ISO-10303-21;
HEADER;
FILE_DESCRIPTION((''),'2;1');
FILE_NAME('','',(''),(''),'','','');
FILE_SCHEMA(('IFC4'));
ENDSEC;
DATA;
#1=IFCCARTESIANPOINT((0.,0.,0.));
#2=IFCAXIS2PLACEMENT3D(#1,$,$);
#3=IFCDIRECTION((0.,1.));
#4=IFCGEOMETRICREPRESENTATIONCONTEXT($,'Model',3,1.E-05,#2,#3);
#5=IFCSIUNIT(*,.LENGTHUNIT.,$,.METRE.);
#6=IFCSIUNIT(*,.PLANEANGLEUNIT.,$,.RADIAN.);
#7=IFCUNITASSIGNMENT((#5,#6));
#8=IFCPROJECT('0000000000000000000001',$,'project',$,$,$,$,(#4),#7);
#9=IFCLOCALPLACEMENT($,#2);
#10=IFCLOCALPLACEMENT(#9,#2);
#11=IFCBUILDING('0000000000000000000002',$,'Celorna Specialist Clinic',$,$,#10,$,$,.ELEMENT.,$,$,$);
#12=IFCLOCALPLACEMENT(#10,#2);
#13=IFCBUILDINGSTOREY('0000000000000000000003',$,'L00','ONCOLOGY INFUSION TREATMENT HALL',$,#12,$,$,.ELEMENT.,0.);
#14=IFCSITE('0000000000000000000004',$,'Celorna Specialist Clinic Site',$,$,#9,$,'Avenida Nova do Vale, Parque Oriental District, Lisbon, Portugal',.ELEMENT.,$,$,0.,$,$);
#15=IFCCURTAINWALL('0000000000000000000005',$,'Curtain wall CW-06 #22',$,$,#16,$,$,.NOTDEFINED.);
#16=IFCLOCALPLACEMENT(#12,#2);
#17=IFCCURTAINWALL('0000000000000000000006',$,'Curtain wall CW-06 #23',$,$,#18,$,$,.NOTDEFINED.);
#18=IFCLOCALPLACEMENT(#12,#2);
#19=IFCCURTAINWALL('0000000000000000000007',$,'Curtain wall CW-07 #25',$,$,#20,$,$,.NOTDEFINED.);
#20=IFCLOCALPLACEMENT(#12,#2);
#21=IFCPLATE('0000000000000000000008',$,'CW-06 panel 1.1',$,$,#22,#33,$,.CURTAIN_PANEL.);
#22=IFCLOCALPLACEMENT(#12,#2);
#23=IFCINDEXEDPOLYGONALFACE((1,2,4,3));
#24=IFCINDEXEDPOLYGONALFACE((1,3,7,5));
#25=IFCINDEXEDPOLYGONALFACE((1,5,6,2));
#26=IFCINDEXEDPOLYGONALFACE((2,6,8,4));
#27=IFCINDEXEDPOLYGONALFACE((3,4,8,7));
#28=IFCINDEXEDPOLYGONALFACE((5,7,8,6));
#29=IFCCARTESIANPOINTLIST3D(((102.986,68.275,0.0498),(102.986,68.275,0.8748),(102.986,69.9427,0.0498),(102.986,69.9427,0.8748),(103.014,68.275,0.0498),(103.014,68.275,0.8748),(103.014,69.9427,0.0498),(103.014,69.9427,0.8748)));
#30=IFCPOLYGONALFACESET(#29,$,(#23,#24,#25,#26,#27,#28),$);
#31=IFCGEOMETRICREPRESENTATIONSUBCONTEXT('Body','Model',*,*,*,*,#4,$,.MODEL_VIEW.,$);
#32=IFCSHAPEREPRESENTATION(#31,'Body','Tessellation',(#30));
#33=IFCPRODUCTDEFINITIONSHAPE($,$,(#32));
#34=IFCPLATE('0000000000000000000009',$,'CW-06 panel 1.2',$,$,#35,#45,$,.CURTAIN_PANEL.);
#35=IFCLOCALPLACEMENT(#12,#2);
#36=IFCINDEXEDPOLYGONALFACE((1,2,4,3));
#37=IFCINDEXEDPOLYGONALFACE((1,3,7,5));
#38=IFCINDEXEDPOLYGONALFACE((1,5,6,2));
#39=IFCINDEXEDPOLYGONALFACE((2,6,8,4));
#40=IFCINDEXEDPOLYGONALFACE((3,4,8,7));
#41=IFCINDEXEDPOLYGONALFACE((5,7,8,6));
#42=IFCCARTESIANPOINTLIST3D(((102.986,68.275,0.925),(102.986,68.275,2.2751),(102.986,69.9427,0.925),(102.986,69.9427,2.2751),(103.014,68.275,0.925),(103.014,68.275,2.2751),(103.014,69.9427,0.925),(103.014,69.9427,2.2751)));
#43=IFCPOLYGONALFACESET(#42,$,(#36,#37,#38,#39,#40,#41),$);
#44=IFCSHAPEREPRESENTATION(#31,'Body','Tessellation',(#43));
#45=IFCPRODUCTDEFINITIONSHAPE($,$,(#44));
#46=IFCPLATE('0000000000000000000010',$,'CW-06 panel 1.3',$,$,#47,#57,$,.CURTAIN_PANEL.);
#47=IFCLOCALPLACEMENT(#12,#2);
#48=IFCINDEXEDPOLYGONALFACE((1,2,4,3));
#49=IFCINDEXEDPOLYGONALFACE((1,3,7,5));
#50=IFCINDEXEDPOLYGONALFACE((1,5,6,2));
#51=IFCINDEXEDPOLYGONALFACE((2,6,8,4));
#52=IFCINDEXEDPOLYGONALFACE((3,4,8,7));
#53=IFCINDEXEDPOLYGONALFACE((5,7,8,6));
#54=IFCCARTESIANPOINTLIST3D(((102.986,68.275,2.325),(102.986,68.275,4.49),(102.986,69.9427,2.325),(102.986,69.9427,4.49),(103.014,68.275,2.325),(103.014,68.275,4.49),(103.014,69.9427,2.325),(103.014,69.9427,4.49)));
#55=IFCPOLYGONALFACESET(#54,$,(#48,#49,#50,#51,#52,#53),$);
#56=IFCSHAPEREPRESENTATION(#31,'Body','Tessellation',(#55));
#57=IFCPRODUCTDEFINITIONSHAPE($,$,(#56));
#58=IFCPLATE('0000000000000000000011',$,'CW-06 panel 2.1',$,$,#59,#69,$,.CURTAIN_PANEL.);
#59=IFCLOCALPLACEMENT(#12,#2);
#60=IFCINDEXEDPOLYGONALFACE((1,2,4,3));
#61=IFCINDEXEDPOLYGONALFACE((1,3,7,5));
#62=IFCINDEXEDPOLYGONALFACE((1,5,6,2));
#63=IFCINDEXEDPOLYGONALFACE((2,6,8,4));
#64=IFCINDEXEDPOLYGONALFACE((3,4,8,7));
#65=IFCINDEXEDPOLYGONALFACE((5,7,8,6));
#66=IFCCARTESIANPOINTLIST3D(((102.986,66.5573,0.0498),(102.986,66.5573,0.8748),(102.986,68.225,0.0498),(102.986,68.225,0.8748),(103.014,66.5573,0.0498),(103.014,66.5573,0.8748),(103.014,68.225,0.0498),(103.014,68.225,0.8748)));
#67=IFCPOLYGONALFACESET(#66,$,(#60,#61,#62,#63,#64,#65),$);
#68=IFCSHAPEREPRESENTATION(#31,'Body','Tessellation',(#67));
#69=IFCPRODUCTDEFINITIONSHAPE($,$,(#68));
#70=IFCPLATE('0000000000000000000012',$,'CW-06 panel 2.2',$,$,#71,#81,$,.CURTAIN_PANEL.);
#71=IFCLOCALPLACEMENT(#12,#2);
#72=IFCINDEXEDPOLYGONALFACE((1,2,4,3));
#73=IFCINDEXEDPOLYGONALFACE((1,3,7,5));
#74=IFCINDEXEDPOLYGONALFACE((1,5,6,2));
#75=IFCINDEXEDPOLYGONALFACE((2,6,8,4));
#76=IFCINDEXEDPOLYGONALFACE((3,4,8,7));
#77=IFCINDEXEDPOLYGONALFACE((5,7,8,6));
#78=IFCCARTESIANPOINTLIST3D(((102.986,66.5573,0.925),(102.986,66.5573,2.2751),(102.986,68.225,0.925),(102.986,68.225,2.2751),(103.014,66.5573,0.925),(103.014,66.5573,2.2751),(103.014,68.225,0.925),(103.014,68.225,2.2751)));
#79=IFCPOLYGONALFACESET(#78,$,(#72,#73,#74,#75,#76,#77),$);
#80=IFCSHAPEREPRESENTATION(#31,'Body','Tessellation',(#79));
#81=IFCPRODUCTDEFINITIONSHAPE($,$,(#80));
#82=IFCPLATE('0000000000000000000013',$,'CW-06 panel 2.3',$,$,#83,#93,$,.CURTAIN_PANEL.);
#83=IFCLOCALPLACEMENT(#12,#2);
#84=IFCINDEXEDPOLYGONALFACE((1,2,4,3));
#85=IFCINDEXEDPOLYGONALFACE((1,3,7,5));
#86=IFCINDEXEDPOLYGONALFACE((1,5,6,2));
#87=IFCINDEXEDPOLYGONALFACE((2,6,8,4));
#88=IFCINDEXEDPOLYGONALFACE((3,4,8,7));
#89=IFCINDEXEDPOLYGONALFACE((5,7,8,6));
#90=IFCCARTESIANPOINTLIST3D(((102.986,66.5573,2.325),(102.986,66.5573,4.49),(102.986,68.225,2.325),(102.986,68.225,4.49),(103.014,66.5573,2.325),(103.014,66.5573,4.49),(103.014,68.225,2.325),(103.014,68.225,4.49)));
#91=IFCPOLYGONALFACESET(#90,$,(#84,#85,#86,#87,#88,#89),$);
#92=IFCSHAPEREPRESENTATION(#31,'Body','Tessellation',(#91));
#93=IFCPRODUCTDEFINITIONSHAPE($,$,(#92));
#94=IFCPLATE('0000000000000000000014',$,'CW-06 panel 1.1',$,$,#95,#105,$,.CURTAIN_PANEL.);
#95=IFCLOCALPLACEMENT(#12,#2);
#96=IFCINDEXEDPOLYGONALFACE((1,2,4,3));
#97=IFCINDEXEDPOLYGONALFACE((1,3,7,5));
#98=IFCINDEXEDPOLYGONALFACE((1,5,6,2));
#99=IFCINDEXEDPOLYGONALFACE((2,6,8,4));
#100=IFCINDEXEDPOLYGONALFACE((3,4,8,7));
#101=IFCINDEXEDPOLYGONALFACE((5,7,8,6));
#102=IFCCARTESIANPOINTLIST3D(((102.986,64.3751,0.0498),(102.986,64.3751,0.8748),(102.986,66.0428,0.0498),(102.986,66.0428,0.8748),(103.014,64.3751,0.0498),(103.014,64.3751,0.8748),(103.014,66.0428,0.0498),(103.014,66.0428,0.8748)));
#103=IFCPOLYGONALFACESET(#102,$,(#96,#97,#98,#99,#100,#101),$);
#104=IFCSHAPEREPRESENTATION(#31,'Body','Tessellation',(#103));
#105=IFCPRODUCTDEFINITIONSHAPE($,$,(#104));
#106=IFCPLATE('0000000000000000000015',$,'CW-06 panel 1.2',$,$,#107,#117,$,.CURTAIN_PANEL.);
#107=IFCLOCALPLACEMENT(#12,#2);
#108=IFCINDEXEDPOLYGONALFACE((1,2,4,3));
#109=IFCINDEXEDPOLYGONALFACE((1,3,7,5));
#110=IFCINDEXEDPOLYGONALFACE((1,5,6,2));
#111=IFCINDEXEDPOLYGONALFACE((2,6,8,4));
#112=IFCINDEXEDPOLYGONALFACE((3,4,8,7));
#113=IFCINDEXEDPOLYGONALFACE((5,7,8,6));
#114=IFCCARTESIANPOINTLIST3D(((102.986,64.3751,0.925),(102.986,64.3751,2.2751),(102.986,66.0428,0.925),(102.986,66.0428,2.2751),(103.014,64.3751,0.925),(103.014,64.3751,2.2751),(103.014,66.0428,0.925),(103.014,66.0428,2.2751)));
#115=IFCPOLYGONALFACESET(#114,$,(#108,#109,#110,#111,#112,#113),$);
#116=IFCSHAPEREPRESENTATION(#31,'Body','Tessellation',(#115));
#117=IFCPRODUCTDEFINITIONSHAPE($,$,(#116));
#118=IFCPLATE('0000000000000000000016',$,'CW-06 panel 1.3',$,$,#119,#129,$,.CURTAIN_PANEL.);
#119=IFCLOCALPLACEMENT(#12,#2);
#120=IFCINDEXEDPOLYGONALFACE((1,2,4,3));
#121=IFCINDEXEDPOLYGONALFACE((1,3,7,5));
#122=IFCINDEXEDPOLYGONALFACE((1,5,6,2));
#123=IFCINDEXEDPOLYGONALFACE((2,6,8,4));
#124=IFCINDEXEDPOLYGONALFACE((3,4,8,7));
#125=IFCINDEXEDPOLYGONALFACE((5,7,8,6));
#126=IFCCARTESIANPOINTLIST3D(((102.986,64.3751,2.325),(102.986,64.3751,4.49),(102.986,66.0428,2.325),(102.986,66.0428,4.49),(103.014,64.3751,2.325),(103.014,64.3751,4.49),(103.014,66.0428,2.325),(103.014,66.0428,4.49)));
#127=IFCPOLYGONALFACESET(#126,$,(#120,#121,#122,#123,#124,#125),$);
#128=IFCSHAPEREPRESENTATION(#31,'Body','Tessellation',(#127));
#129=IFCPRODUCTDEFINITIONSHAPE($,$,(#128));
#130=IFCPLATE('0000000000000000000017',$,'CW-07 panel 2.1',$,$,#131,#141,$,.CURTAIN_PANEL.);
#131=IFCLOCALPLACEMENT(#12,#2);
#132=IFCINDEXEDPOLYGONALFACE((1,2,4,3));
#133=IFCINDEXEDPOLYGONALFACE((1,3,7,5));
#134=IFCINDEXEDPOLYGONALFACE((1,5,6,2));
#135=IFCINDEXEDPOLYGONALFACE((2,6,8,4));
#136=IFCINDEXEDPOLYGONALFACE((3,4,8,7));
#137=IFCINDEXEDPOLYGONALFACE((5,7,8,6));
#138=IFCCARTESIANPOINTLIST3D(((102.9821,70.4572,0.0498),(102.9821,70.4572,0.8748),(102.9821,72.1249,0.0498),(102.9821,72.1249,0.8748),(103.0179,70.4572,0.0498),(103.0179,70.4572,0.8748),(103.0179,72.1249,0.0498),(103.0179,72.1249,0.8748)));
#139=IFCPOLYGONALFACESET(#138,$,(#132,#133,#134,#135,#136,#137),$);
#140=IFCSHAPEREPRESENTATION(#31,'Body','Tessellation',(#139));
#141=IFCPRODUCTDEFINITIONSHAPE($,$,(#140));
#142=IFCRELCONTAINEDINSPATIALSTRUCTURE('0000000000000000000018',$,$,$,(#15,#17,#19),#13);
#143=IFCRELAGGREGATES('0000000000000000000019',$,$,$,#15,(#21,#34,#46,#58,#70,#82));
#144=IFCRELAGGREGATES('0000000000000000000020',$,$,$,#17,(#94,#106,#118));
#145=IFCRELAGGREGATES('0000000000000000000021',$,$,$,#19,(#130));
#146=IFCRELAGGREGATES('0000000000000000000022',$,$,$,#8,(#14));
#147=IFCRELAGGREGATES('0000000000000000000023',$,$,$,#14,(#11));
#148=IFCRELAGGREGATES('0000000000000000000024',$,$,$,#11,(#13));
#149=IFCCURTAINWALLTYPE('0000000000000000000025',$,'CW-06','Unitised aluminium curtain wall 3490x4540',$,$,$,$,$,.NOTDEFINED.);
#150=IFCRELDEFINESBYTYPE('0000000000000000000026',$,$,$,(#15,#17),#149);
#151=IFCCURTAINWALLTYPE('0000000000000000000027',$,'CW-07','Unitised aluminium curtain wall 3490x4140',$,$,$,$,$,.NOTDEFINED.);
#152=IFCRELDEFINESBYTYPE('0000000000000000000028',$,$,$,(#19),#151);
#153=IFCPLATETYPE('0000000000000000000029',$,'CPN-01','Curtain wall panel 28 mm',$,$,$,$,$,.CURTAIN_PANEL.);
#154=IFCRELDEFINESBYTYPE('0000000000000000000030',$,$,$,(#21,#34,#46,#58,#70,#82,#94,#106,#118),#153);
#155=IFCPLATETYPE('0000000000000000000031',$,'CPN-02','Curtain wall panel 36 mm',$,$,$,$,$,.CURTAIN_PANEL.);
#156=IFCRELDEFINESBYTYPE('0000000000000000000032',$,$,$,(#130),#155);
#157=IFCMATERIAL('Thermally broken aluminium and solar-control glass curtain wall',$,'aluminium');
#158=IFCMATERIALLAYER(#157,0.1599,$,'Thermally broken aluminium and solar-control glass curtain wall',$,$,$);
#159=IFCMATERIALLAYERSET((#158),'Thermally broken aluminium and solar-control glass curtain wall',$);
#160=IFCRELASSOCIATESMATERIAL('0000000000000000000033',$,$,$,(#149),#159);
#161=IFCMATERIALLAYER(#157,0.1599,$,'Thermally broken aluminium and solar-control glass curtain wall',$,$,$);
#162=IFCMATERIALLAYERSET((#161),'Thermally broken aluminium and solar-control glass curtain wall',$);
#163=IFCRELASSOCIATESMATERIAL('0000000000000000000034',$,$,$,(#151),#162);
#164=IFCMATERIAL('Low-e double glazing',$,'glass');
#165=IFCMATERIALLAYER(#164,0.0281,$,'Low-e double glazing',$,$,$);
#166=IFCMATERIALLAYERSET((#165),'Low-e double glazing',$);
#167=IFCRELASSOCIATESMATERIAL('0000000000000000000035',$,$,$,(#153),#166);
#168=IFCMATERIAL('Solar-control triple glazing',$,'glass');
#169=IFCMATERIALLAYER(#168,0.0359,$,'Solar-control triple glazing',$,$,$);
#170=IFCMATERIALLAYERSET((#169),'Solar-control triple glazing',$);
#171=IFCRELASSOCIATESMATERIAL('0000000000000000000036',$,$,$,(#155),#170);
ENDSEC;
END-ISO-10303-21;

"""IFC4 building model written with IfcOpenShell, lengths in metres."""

from ifc_helpers import new_model, si_unit, direction, frame, origin, origin_2d, place, context, subcontext, project, spatial, rectangle, extrude, material, layer, layer_set, type_object, element, aggregate, save


model = new_model("IFC4")

# Units and contexts
model_context = context("Model", 3, precision=1e-05, world=origin(), true_north=direction((0.0, 1.0)))
body_context = subcontext(model_context, "Body", "Model", "MODEL_VIEW")
ifc_project = project(units=[si_unit("LENGTHUNIT", "METRE"), si_unit("PLANEANGLEUNIT", "RADIAN")], contexts=[model_context])

# Site, building, storey
site_placement = place(None, origin())
site = spatial("IfcSite", under=ifc_project, at=site_placement, Name="Celorna Specialist Clinic Site", LongName="Avenida Nova do Vale, Parque Oriental District, Lisbon, Portugal", CompositionType="ELEMENT", RefElevation=0.0)
building_placement = place(site_placement, origin())
building = spatial("IfcBuilding", under=site, at=building_placement, Name="Celorna Specialist Clinic", CompositionType="ELEMENT")
storey_placement = place(building_placement, origin())
storey = spatial("IfcBuildingStorey", under=building, at=storey_placement, Name="L00", Description="ONCOLOGY INFUSION TREATMENT HALL", CompositionType="ELEMENT", Elevation=0.0)

# Curtain walls
ifc_material_1 = material(Name="Thermally broken aluminium and solar-control glass curtain wall", Category="aluminium")
ifc_layer_1 = layer(ifc_material_1, 0.1599, Name="Thermally broken aluminium and solar-control glass curtain wall")
ifc_layer_set_1 = layer_set([ifc_layer_1], Name="Thermally broken aluminium and solar-control glass curtain wall")
curtain_wall_type_1 = type_object("IfcCurtainWallType", Name="CW-06", Description="Unitised aluminium curtain wall 3490x4540", PredefinedType="NOTDEFINED", material=ifc_layer_set_1)
curtain_wall_1_placement = place(storey_placement, origin())
curtain_wall_1 = element("IfcCurtainWall", 1, at=curtain_wall_1_placement, inside=storey, type_object=curtain_wall_type_1, Name="Curtain wall CW-06 #22", PredefinedType="NOTDEFINED")
curtain_wall_2_placement = place(storey_placement, origin())
curtain_wall_2 = element("IfcCurtainWall", 2, at=curtain_wall_2_placement, inside=storey, type_object=curtain_wall_type_1, Name="Curtain wall CW-06 #23", PredefinedType="NOTDEFINED")

# Curtain wall
ifc_layer_2 = layer(ifc_material_1, 0.1599, Name="Thermally broken aluminium and solar-control glass curtain wall")
ifc_layer_set_2 = layer_set([ifc_layer_2], Name="Thermally broken aluminium and solar-control glass curtain wall")
curtain_wall_type_2 = type_object("IfcCurtainWallType", Name="CW-07", Description="Unitised aluminium curtain wall 3490x4140", PredefinedType="NOTDEFINED", material=ifc_layer_set_2)
curtain_wall_3_placement = place(storey_placement, origin())
curtain_wall_3 = element("IfcCurtainWall", 3, at=curtain_wall_3_placement, inside=storey, type_object=curtain_wall_type_2, Name="Curtain wall CW-07 #25", PredefinedType="NOTDEFINED")

# Plates
ifc_material_2 = material(Name="Low-e double glazing", Category="glass")
ifc_layer_3 = layer(ifc_material_2, 0.0281, Name="Low-e double glazing")
ifc_layer_set_3 = layer_set([ifc_layer_3], Name="Low-e double glazing")
plate_type_1 = type_object("IfcPlateType", Name="CPN-01", Description="Curtain wall panel 28 mm", PredefinedType="CURTAIN_PANEL", material=ifc_layer_set_3)
plate_1_placement = place(storey_placement, frame((103.0, 69.1089, 0.0498), z_axis=(0.0, 0.0, 1.0), x_axis=(0.0, -1.0, 0.0)))
plate_1 = element("IfcPlate", 4, at=plate_1_placement, type_object=plate_type_1, Name="CW-06 panel 1.1", PredefinedType="CURTAIN_PANEL", context=body_context, shape_type="SweptSolid", body=[
    extrude(rectangle(XDim=1.6677, YDim=0.0281, at=origin_2d()), origin(), (0.0, 0.0, 1.0), 0.825),
])
plate_2_placement = place(storey_placement, frame((103.0, 69.1089, 0.925), z_axis=(0.0, 0.0, 1.0), x_axis=(0.0, -1.0, 0.0)))
plate_2 = element("IfcPlate", 5, at=plate_2_placement, type_object=plate_type_1, Name="CW-06 panel 1.2", PredefinedType="CURTAIN_PANEL", context=body_context, shape_type="SweptSolid", body=[
    extrude(rectangle(XDim=1.6677, YDim=0.0281, at=origin_2d()), origin(), (0.0, 0.0, 1.0), 1.3501),
])
plate_3_placement = place(storey_placement, frame((103.0, 69.1089, 2.325), z_axis=(0.0, 0.0, 1.0), x_axis=(0.0, -1.0, 0.0)))
plate_3 = element("IfcPlate", 6, at=plate_3_placement, type_object=plate_type_1, Name="CW-06 panel 1.3", PredefinedType="CURTAIN_PANEL", context=body_context, shape_type="SweptSolid", body=[
    extrude(rectangle(XDim=1.6677, YDim=0.0281, at=origin_2d()), origin(), (0.0, 0.0, 1.0), 2.165),
])
plate_4_placement = place(storey_placement, frame((103.0, 67.3911, 0.0498), z_axis=(0.0, 0.0, 1.0), x_axis=(0.0, -1.0, 0.0)))
plate_4 = element("IfcPlate", 7, at=plate_4_placement, type_object=plate_type_1, Name="CW-06 panel 2.1", PredefinedType="CURTAIN_PANEL", context=body_context, shape_type="SweptSolid", body=[
    extrude(rectangle(XDim=1.6677, YDim=0.0281, at=origin_2d()), origin(), (0.0, 0.0, 1.0), 0.825),
])
plate_5_placement = place(storey_placement, frame((103.0, 67.3911, 0.925), z_axis=(0.0, 0.0, 1.0), x_axis=(0.0, -1.0, 0.0)))
plate_5 = element("IfcPlate", 8, at=plate_5_placement, type_object=plate_type_1, Name="CW-06 panel 2.2", PredefinedType="CURTAIN_PANEL", context=body_context, shape_type="SweptSolid", body=[
    extrude(rectangle(XDim=1.6677, YDim=0.0281, at=origin_2d()), origin(), (0.0, 0.0, 1.0), 1.3501),
])
plate_6_placement = place(storey_placement, frame((103.0, 67.3911, 2.325), z_axis=(0.0, 0.0, 1.0), x_axis=(0.0, -1.0, 0.0)))
plate_6 = element("IfcPlate", 9, at=plate_6_placement, type_object=plate_type_1, Name="CW-06 panel 2.3", PredefinedType="CURTAIN_PANEL", context=body_context, shape_type="SweptSolid", body=[
    extrude(rectangle(XDim=1.6677, YDim=0.0281, at=origin_2d()), origin(), (0.0, 0.0, 1.0), 2.165),
])
aggregate(curtain_wall_1, [plate_1, plate_2, plate_3, plate_4, plate_5, plate_6])
plate_7_placement = place(storey_placement, frame((103.0, 65.209, 0.0498), z_axis=(0.0, 0.0, 1.0), x_axis=(0.0, -1.0, 0.0)))
plate_7 = element("IfcPlate", 10, at=plate_7_placement, type_object=plate_type_1, Name="CW-06 panel 1.1", PredefinedType="CURTAIN_PANEL", context=body_context, shape_type="SweptSolid", body=[
    extrude(rectangle(XDim=1.6677, YDim=0.0281, at=origin_2d()), origin(), (0.0, 0.0, 1.0), 0.825),
])
plate_8_placement = place(storey_placement, frame((103.0, 65.209, 0.925), z_axis=(0.0, 0.0, 1.0), x_axis=(0.0, -1.0, 0.0)))
plate_8 = element("IfcPlate", 11, at=plate_8_placement, type_object=plate_type_1, Name="CW-06 panel 1.2", PredefinedType="CURTAIN_PANEL", context=body_context, shape_type="SweptSolid", body=[
    extrude(rectangle(XDim=1.6677, YDim=0.0281, at=origin_2d()), origin(), (0.0, 0.0, 1.0), 1.3501),
])
plate_9_placement = place(storey_placement, frame((103.0, 65.209, 2.325), z_axis=(0.0, 0.0, 1.0), x_axis=(0.0, -1.0, 0.0)))
plate_9 = element("IfcPlate", 12, at=plate_9_placement, type_object=plate_type_1, Name="CW-06 panel 1.3", PredefinedType="CURTAIN_PANEL", context=body_context, shape_type="SweptSolid", body=[
    extrude(rectangle(XDim=1.6677, YDim=0.0281, at=origin_2d()), origin(), (0.0, 0.0, 1.0), 2.165),
])
aggregate(curtain_wall_2, [plate_7, plate_8, plate_9])
ifc_material_3 = material(Name="Solar-control triple glazing", Category="glass")
ifc_layer_4 = layer(ifc_material_3, 0.0359, Name="Solar-control triple glazing")
ifc_layer_set_4 = layer_set([ifc_layer_4], Name="Solar-control triple glazing")
plate_type_2 = type_object("IfcPlateType", Name="CPN-02", Description="Curtain wall panel 36 mm", PredefinedType="CURTAIN_PANEL", material=ifc_layer_set_4)
plate_10_placement = place(storey_placement, frame((103.0, 71.291, 0.0498), z_axis=(0.0, 0.0, 1.0), x_axis=(0.0, -1.0, 0.0)))
plate_10 = element("IfcPlate", 13, at=plate_10_placement, type_object=plate_type_2, Name="CW-07 panel 2.1", PredefinedType="CURTAIN_PANEL", context=body_context, shape_type="SweptSolid", body=[
    extrude(rectangle(XDim=1.6677, YDim=0.0359, at=origin_2d()), origin(), (0.0, 0.0, 1.0), 0.825),
])
aggregate(curtain_wall_3, [plate_10])

save(model, "model.ifc")
